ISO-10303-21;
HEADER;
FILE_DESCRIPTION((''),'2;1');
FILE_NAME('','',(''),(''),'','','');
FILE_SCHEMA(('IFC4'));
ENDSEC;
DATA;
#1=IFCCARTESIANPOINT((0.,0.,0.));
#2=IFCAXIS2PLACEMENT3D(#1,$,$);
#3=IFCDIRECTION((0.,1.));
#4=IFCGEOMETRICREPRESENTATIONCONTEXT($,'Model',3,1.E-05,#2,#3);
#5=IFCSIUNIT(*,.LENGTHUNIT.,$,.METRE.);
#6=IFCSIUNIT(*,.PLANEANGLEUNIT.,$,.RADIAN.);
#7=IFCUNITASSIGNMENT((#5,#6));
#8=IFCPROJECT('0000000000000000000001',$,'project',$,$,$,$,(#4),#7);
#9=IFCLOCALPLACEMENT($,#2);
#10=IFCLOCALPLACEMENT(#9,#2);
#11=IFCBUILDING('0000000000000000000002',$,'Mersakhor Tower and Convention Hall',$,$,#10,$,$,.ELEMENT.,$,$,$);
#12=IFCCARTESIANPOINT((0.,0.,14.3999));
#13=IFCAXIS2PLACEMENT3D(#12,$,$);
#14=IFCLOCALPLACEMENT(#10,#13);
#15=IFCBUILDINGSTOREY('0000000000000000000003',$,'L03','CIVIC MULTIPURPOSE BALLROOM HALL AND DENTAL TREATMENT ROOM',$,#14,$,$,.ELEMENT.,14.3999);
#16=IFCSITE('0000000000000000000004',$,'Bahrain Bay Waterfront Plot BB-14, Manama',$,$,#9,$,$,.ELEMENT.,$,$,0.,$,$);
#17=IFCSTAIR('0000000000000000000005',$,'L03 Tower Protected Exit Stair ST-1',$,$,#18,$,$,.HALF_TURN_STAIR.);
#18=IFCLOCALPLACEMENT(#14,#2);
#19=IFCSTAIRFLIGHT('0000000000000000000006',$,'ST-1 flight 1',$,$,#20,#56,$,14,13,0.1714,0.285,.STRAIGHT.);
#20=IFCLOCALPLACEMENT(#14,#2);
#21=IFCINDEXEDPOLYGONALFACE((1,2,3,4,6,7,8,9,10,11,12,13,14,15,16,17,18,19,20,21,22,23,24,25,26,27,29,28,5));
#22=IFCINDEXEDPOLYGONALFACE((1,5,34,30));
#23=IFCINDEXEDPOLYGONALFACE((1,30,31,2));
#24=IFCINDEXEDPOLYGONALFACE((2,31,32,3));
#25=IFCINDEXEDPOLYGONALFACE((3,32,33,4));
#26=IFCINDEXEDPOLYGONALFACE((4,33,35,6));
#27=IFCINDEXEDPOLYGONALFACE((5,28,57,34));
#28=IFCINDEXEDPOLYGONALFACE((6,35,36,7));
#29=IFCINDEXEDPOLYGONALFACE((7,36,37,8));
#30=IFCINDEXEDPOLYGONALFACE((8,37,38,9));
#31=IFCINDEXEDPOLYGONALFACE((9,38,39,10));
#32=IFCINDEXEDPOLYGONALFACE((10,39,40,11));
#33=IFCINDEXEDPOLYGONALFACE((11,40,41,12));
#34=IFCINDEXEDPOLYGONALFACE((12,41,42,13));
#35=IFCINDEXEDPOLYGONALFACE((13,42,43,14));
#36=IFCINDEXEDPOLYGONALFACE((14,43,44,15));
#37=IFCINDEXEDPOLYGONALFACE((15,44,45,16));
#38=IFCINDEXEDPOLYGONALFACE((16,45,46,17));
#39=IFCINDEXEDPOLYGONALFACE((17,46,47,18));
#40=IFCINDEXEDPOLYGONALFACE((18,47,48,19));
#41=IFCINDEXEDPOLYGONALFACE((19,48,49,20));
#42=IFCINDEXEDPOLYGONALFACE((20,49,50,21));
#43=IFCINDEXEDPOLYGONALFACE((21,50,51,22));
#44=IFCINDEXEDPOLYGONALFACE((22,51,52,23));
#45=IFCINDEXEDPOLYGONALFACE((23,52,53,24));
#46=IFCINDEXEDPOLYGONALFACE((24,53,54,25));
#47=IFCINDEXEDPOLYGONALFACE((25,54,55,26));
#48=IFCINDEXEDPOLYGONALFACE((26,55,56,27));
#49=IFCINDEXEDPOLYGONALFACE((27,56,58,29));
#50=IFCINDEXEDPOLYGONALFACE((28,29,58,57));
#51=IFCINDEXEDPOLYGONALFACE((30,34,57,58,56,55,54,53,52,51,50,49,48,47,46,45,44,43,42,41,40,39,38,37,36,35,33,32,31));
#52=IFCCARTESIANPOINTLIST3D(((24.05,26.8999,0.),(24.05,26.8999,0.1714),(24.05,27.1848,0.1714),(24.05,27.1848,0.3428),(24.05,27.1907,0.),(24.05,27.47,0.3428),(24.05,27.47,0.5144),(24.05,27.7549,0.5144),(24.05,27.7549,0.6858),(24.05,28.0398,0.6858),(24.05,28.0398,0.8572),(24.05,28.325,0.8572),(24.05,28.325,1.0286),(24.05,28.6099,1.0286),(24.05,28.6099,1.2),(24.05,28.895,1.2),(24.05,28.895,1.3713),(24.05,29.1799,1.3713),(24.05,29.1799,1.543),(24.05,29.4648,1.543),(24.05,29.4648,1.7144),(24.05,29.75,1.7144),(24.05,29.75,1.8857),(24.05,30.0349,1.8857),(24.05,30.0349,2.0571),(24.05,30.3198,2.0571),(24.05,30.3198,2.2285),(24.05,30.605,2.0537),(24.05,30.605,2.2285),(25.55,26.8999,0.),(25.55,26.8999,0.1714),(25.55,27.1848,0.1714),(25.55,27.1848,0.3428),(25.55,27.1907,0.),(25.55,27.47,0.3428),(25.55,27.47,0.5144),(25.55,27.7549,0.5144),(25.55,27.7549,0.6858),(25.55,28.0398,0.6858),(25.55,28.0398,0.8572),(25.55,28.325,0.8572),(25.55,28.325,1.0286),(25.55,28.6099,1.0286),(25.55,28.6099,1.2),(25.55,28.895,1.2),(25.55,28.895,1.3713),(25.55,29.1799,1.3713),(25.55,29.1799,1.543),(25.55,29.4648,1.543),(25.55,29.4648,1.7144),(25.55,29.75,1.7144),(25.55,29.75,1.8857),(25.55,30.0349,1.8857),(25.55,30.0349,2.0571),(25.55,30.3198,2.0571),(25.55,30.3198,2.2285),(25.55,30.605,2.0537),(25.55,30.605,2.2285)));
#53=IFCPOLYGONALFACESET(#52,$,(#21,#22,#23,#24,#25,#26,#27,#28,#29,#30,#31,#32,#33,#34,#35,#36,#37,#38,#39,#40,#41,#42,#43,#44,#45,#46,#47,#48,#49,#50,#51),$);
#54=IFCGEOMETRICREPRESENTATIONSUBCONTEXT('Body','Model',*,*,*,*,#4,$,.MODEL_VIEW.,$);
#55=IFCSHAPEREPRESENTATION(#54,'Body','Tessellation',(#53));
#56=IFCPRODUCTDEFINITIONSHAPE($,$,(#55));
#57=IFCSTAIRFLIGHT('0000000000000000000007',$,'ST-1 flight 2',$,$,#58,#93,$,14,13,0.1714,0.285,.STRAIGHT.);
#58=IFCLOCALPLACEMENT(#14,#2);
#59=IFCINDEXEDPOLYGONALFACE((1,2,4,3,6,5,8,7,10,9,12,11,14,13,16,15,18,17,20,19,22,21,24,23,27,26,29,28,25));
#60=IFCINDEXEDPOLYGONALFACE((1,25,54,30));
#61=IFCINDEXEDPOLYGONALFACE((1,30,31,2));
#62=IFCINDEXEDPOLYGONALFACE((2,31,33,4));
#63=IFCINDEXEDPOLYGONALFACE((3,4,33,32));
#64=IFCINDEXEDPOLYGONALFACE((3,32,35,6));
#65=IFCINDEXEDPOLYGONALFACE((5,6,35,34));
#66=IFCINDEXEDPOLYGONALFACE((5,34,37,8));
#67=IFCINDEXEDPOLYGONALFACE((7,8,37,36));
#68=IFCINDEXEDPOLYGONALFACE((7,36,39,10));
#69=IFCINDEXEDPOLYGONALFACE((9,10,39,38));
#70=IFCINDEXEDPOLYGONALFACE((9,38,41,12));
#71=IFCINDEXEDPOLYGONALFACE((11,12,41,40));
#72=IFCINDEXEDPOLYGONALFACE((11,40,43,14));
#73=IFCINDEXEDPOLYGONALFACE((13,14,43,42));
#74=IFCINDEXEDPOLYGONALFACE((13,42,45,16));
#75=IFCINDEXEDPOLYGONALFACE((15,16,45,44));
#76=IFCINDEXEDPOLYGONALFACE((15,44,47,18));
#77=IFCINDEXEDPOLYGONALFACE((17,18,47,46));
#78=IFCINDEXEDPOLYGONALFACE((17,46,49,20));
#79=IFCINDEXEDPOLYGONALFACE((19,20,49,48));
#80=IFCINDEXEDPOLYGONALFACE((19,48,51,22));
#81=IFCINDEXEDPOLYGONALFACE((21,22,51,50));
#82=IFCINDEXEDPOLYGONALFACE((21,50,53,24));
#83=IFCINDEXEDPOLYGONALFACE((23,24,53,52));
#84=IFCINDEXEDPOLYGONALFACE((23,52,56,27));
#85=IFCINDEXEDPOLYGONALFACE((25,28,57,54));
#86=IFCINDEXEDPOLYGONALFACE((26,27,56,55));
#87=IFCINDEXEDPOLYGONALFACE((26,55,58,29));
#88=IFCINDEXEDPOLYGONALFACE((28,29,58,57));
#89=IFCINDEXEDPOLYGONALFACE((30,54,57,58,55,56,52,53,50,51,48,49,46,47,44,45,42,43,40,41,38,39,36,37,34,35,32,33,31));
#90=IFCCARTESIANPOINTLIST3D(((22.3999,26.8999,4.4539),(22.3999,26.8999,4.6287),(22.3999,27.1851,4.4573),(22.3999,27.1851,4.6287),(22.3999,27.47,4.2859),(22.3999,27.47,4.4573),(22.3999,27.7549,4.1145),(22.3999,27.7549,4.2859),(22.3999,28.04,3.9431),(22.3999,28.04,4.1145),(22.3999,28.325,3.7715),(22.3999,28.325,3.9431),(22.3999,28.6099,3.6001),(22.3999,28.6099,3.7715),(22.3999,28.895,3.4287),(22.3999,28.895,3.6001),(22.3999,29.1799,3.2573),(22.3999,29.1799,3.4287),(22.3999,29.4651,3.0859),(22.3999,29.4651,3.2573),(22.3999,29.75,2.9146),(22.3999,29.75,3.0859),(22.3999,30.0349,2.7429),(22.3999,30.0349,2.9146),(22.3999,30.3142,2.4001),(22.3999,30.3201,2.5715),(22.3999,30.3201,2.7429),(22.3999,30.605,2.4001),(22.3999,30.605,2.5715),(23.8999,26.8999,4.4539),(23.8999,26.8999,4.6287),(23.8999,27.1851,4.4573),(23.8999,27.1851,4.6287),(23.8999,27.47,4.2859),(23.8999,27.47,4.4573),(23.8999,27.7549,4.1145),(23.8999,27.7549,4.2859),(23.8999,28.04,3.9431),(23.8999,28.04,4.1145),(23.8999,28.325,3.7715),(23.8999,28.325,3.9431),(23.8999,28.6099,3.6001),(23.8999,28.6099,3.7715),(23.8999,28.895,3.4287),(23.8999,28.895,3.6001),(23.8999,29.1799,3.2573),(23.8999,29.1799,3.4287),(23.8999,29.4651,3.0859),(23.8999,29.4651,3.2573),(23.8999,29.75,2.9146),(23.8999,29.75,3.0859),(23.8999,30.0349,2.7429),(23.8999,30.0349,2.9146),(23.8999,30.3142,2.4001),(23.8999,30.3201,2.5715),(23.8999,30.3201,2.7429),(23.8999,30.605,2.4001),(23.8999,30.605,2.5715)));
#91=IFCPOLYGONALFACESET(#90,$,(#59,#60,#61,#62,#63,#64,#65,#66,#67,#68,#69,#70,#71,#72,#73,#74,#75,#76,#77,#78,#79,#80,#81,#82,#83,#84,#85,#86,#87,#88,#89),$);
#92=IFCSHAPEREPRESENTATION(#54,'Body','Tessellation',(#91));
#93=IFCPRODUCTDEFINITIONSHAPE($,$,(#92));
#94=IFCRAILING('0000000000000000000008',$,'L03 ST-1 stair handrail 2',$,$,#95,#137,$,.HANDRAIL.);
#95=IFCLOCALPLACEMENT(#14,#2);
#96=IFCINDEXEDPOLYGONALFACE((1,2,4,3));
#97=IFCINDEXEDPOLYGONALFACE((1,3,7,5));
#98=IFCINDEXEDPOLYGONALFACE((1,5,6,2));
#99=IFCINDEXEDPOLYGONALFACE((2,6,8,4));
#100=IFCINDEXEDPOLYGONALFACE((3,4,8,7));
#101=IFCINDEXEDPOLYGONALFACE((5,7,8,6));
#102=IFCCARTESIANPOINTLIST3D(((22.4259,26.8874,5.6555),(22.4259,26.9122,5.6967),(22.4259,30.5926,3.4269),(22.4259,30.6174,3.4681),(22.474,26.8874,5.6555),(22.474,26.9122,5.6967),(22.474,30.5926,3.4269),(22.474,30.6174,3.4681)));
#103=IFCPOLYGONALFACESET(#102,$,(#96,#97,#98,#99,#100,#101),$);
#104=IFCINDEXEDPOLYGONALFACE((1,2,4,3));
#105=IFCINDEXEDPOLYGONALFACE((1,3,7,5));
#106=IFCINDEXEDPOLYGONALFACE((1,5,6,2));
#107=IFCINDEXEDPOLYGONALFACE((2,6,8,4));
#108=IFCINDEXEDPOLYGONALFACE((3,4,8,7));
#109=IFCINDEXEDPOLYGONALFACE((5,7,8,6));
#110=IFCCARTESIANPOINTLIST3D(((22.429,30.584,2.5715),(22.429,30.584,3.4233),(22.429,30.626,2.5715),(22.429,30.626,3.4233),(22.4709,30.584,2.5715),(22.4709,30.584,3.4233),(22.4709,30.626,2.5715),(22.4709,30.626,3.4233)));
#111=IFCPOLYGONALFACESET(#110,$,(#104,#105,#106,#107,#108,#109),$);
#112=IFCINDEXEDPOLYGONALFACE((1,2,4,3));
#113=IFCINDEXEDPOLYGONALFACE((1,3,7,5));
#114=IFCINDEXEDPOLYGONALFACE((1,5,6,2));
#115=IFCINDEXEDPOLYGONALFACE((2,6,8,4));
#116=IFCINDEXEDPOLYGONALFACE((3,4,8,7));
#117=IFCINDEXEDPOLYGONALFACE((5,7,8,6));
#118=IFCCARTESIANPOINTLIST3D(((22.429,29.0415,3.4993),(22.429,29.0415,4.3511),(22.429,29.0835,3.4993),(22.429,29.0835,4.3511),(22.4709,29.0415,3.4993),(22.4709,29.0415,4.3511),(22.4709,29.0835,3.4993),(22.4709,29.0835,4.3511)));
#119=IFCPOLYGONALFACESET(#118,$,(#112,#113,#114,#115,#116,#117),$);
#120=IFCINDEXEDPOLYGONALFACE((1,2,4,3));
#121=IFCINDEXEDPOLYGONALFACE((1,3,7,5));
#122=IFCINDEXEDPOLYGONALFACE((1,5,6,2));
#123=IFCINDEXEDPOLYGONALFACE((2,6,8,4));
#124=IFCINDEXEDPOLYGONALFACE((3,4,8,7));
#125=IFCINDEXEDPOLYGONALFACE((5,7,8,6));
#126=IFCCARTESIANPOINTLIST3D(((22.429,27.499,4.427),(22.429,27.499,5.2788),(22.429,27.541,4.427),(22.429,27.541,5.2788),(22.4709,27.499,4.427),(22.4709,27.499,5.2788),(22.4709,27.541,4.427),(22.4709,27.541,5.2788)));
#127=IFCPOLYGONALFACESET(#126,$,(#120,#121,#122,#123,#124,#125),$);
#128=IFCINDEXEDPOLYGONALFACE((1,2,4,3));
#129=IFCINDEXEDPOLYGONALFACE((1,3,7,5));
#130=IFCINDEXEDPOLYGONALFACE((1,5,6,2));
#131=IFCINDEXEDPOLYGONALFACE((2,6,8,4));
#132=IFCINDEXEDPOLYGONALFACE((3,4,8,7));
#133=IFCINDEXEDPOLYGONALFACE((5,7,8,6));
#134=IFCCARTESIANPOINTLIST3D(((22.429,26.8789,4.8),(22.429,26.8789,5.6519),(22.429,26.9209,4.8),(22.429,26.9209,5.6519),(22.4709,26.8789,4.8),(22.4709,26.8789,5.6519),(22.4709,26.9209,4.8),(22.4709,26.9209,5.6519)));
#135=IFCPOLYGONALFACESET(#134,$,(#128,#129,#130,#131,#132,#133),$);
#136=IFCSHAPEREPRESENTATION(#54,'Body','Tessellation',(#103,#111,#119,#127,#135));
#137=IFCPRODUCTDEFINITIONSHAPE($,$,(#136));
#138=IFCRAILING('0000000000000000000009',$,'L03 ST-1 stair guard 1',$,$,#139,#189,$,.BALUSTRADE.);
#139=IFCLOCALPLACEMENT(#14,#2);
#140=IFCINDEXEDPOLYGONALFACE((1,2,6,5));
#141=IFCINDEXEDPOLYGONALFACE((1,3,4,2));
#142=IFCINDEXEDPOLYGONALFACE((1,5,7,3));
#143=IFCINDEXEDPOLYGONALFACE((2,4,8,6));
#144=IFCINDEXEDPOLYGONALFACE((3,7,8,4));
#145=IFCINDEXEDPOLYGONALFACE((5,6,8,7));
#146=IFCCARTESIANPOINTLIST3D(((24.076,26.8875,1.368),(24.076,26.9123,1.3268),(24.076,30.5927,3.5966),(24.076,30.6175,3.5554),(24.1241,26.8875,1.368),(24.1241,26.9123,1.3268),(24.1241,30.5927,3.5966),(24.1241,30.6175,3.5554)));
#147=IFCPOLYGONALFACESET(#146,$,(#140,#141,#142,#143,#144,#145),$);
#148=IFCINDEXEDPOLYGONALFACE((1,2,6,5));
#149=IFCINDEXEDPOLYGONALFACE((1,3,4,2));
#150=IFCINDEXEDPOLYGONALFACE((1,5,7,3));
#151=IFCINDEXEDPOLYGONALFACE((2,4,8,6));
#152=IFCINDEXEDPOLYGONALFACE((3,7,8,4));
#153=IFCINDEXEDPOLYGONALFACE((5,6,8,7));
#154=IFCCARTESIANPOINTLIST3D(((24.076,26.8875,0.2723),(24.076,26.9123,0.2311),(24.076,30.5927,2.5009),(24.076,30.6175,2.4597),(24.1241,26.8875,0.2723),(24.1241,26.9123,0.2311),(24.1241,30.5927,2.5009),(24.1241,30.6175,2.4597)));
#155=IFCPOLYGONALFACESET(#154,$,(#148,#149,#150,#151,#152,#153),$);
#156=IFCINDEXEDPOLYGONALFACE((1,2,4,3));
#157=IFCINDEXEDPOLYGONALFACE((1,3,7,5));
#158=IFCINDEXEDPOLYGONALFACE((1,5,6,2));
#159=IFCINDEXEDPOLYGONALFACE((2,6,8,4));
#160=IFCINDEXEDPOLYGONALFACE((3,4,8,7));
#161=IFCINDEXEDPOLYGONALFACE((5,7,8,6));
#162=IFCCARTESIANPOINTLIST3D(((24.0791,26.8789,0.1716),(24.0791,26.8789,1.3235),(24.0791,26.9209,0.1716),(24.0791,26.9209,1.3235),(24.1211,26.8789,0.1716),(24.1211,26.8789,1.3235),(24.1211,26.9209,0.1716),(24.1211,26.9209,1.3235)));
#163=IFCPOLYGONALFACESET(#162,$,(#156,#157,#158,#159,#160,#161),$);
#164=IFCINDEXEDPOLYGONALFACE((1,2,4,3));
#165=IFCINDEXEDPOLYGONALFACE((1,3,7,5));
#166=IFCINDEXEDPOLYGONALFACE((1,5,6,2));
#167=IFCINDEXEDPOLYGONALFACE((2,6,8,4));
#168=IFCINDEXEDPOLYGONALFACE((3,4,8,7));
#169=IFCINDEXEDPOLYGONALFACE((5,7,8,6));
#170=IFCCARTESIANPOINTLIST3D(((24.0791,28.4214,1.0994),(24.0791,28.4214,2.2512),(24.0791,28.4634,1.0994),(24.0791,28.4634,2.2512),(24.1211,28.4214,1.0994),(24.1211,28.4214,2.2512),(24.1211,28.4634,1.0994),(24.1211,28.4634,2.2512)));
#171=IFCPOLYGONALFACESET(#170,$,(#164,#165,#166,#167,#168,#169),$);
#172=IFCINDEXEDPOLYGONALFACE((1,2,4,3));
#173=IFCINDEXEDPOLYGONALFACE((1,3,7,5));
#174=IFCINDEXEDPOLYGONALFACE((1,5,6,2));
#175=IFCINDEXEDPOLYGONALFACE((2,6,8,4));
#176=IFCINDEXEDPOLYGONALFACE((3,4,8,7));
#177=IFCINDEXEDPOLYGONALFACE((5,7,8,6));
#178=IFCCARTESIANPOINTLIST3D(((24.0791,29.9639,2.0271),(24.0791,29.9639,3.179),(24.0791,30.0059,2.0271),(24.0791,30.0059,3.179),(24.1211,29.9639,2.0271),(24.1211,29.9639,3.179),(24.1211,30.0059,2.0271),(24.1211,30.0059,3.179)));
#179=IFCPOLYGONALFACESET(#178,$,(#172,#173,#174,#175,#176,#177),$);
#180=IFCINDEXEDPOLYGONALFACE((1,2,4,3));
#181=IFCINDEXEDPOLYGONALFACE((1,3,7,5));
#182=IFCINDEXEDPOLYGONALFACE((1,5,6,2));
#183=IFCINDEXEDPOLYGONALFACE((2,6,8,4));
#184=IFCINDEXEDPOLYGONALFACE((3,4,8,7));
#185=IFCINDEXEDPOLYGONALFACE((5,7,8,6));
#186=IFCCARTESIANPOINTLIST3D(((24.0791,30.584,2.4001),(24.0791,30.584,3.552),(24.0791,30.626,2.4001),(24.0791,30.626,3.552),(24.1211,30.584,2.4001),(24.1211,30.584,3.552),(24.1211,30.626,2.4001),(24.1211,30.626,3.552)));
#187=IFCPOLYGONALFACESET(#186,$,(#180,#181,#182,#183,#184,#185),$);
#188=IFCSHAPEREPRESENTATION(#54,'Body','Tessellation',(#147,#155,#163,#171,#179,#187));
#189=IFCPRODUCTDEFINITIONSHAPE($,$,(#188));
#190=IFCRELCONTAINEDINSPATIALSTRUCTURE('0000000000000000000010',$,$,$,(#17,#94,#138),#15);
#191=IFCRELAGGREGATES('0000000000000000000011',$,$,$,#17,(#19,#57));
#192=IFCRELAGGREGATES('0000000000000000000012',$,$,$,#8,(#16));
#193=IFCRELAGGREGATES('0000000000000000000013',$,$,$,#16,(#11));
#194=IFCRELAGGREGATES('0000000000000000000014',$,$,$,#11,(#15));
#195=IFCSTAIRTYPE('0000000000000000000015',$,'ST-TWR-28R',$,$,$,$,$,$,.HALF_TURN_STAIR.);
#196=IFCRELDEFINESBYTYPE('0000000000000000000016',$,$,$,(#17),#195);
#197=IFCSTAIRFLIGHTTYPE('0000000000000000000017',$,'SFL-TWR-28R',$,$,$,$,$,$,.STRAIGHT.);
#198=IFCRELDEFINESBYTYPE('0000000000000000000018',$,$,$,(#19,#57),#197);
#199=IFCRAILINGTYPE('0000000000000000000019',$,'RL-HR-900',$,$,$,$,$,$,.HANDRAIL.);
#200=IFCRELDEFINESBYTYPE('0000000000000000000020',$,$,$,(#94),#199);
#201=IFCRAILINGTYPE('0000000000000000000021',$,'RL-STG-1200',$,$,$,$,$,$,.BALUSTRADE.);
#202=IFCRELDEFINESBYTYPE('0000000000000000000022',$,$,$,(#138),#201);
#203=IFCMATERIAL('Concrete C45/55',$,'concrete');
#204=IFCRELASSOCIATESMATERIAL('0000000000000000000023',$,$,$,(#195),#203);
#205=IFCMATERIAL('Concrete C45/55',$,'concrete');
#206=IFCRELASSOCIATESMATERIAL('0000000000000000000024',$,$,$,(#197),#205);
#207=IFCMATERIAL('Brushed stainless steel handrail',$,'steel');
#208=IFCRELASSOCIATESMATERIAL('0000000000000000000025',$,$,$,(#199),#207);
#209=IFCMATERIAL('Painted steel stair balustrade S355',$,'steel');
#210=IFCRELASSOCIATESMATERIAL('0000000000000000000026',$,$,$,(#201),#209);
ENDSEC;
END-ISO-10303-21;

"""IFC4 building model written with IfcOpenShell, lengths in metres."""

from ifc_helpers import new_model, si_unit, direction, frame, origin, origin_2d, place, context, subcontext, project, spatial, polyline, rectangle, outline, extrude, material, type_object, element, aggregate, save


model = new_model("IFC4")

# Units and contexts
model_context = context("Model", 3, precision=1e-05, world=origin(), true_north=direction((0.0, 1.0)))
body_context = subcontext(model_context, "Body", "Model", "MODEL_VIEW")
ifc_project = project(units=[si_unit("LENGTHUNIT", "METRE"), si_unit("PLANEANGLEUNIT", "RADIAN")], contexts=[model_context])

# Site, building, storey
site_placement = place(None, origin())
site = spatial("IfcSite", under=ifc_project, at=site_placement, Name="Bahrain Bay Waterfront Plot BB-14, Manama", CompositionType="ELEMENT", RefElevation=0.0)
building_placement = place(site_placement, origin())
building = spatial("IfcBuilding", under=site, at=building_placement, Name="Mersakhor Tower and Convention Hall", CompositionType="ELEMENT")
storey_placement = place(building_placement, frame((0.0, 0.0, 14.3999)))
storey = spatial("IfcBuildingStorey", under=building, at=storey_placement, Name="L03", Description="CIVIC MULTIPURPOSE BALLROOM HALL AND DENTAL TREATMENT ROOM", CompositionType="ELEMENT", Elevation=14.3999)

# Stair, stair flights
ifc_material_1 = material(Name="Concrete C45/55", Category="concrete")
stair_type = type_object("IfcStairType", Name="ST-TWR-28R", PredefinedType="HALF_TURN_STAIR", material=ifc_material_1)
stair_placement = place(storey_placement, origin())
stair = element("IfcStair", 1, at=stair_placement, inside=storey, type_object=stair_type, Name="L03 Tower Protected Exit Stair ST-1", PredefinedType="HALF_TURN_STAIR")
ifc_material_2 = material(Name="Concrete C45/55", Category="concrete")
stair_flight_type = type_object("IfcStairFlightType", Name="SFL-TWR-28R", PredefinedType="STRAIGHT", material=ifc_material_2)
stair_flight_1_placement = place(storey_placement, frame((24.8, 26.8999, 0.0), z_axis=(0.0, 0.0, 1.0), x_axis=(0.0, 1.0, 0.0)))
stair_flight_1 = element("IfcStairFlight", 2, at=stair_flight_1_placement, type_object=stair_flight_type, Name="ST-1 flight 1", NumberOfRisers=14, NumberOfTreads=13, PredefinedType="STRAIGHT", RiserHeight=0.1714, TreadLength=0.285, context=body_context, shape_type="SweptSolid", body=[
    extrude(outline(polyline([(0.0, 0.0), (0.0, 0.1714), (0.2849, 0.1714), (0.2849, 0.3428), (0.5701, 0.3428), (0.5701, 0.5144), (0.855, 0.5144), (0.855, 0.6858), (1.1399, 0.6858), (1.1399, 0.8572), (1.425, 0.8572), (1.425, 1.0286), (1.71, 1.0286), (1.71, 1.2), (1.9951, 1.2), (1.9951, 1.3713), (2.28, 1.3713), (2.28, 1.543), (2.5649, 1.543), (2.5649, 1.7144), (2.8501, 1.7144), (2.8501, 1.8857), (3.135, 1.8857), (3.135, 2.0571), (3.4199, 2.0571), (3.4199, 2.2285), (3.7051, 2.2285), (3.7051, 2.3999), (3.7051, 2.0537), (0.2908, 0.0), (0.0, 0.0)])), frame((0.0, 0.75, 0.0), z_axis=(0.0, -1.0, 0.0), x_axis=(1.0, 0.0, 0.0)), (0.0, 0.0, 1.0), 1.5),
])
stair_flight_2_placement = place(storey_placement, frame((23.1499, 30.605, 2.4001), z_axis=(0.0, 0.0, 1.0), x_axis=(0.0, -1.0, 0.0)))
stair_flight_2 = element("IfcStairFlight", 3, at=stair_flight_2_placement, type_object=stair_flight_type, Name="ST-1 flight 2", NumberOfRisers=14, NumberOfTreads=13, PredefinedType="STRAIGHT", RiserHeight=0.1714, TreadLength=0.285, context=body_context, shape_type="SweptSolid", body=[
    extrude(outline(polyline([(0.0, 0.0), (0.0, 0.1714), (0.2849, 0.1714), (0.2849, 0.3428), (0.5701, 0.3428), (0.5701, 0.5144), (0.855, 0.5144), (0.855, 0.6858), (1.1399, 0.6858), (1.1399, 0.8572), (1.425, 0.8572), (1.425, 1.0286), (1.71, 1.0286), (1.71, 1.2), (1.9951, 1.2), (1.9951, 1.3713), (2.28, 1.3713), (2.28, 1.543), (2.5649, 1.543), (2.5649, 1.7144), (2.8501, 1.7144), (2.8501, 1.8857), (3.135, 1.8857), (3.135, 2.0571), (3.4199, 2.0571), (3.4199, 2.2285), (3.7051, 2.2285), (3.7051, 2.3999), (3.7051, 2.0537), (0.2908, 0.0), (0.0, 0.0)])), frame((0.0, 0.75, 0.0), z_axis=(0.0, -1.0, 0.0), x_axis=(1.0, 0.0, 0.0)), (0.0, 0.0, 1.0), 1.5),
])
aggregate(stair, [stair_flight_1, stair_flight_2])

# Railings
ifc_material_3 = material(Name="Brushed stainless steel handrail", Category="steel")
railing_type_1 = type_object("IfcRailingType", Name="RL-HR-900", PredefinedType="HANDRAIL", material=ifc_material_3)
railing_1_placement = place(storey_placement, frame((22.45, 30.605, 2.5715)))
element("IfcRailing", 4, at=railing_1_placement, inside=storey, type_object=railing_type_1, Name="L03 ST-1 stair handrail 2", PredefinedType="HANDRAIL", context=body_context, shape_type="SweptSolid", body=[
    extrude(rectangle(XDim=0.0481, YDim=0.0481, at=origin_2d()), frame((0.0, 0.0, 0.876), z_axis=(0.0, -0.856934, 0.515425), x_axis=(1.0, 0.0, 0.0)), (0.0, 0.0, 1.0), 4.3237),
    extrude(rectangle(XDim=0.042, YDim=0.042, at=origin_2d()), origin(), (0.0, 0.0, 1.0), 0.8518),
    extrude(rectangle(XDim=0.042, YDim=0.042, at=origin_2d()), frame((0.0, -1.5425, 0.9277)), (0.0, 0.0, 1.0), 0.8518),
    extrude(rectangle(XDim=0.042, YDim=0.042, at=origin_2d()), frame((0.0, -3.085, 1.8555)), (0.0, 0.0, 1.0), 0.8518),
    extrude(rectangle(XDim=0.042, YDim=0.042, at=origin_2d()), frame((0.0, -3.7051, 2.2285)), (0.0, 0.0, 1.0), 0.8518),
])
ifc_material_4 = material(Name="Painted steel stair balustrade S355", Category="steel")
railing_type_2 = type_object("IfcRailingType", Name="RL-STG-1200", PredefinedType="BALUSTRADE", material=ifc_material_4)
railing_2_placement = place(storey_placement, frame((24.1001, 26.8999, 0.1716)))
element("IfcRailing", 5, at=railing_2_placement, inside=storey, type_object=railing_type_2, Name="L03 ST-1 stair guard 1", PredefinedType="BALUSTRADE", context=body_context, shape_type="SweptSolid", body=[
    extrude(rectangle(XDim=0.0481, YDim=0.0481, at=origin_2d()), frame((0.0, 0.0, 1.1758), z_axis=(0.0, 0.856934, 0.515425), x_axis=(-1.0, 0.0, 0.0)), (0.0, 0.0, 1.0), 4.3237),
    extrude(rectangle(XDim=0.0481, YDim=0.0481, at=origin_2d()), frame((0.0, 0.0, 0.0801), z_axis=(0.0, 0.856934, 0.515425), x_axis=(-1.0, 0.0, 0.0)), (0.0, 0.0, 1.0), 4.3237),
    extrude(rectangle(XDim=0.042, YDim=0.042, at=origin_2d()), origin(), (0.0, 0.0, 1.0), 1.1519),
    extrude(rectangle(XDim=0.042, YDim=0.042, at=origin_2d()), frame((0.0, 1.5425, 0.9277)), (0.0, 0.0, 1.0), 1.1519),
    extrude(rectangle(XDim=0.042, YDim=0.042, at=origin_2d()), frame((0.0, 3.085, 1.8555)), (0.0, 0.0, 1.0), 1.1519),
    extrude(rectangle(XDim=0.042, YDim=0.042, at=origin_2d()), frame((0.0, 3.7051, 2.2285)), (0.0, 0.0, 1.0), 1.1519),
])

save(model, "model.ifc")
